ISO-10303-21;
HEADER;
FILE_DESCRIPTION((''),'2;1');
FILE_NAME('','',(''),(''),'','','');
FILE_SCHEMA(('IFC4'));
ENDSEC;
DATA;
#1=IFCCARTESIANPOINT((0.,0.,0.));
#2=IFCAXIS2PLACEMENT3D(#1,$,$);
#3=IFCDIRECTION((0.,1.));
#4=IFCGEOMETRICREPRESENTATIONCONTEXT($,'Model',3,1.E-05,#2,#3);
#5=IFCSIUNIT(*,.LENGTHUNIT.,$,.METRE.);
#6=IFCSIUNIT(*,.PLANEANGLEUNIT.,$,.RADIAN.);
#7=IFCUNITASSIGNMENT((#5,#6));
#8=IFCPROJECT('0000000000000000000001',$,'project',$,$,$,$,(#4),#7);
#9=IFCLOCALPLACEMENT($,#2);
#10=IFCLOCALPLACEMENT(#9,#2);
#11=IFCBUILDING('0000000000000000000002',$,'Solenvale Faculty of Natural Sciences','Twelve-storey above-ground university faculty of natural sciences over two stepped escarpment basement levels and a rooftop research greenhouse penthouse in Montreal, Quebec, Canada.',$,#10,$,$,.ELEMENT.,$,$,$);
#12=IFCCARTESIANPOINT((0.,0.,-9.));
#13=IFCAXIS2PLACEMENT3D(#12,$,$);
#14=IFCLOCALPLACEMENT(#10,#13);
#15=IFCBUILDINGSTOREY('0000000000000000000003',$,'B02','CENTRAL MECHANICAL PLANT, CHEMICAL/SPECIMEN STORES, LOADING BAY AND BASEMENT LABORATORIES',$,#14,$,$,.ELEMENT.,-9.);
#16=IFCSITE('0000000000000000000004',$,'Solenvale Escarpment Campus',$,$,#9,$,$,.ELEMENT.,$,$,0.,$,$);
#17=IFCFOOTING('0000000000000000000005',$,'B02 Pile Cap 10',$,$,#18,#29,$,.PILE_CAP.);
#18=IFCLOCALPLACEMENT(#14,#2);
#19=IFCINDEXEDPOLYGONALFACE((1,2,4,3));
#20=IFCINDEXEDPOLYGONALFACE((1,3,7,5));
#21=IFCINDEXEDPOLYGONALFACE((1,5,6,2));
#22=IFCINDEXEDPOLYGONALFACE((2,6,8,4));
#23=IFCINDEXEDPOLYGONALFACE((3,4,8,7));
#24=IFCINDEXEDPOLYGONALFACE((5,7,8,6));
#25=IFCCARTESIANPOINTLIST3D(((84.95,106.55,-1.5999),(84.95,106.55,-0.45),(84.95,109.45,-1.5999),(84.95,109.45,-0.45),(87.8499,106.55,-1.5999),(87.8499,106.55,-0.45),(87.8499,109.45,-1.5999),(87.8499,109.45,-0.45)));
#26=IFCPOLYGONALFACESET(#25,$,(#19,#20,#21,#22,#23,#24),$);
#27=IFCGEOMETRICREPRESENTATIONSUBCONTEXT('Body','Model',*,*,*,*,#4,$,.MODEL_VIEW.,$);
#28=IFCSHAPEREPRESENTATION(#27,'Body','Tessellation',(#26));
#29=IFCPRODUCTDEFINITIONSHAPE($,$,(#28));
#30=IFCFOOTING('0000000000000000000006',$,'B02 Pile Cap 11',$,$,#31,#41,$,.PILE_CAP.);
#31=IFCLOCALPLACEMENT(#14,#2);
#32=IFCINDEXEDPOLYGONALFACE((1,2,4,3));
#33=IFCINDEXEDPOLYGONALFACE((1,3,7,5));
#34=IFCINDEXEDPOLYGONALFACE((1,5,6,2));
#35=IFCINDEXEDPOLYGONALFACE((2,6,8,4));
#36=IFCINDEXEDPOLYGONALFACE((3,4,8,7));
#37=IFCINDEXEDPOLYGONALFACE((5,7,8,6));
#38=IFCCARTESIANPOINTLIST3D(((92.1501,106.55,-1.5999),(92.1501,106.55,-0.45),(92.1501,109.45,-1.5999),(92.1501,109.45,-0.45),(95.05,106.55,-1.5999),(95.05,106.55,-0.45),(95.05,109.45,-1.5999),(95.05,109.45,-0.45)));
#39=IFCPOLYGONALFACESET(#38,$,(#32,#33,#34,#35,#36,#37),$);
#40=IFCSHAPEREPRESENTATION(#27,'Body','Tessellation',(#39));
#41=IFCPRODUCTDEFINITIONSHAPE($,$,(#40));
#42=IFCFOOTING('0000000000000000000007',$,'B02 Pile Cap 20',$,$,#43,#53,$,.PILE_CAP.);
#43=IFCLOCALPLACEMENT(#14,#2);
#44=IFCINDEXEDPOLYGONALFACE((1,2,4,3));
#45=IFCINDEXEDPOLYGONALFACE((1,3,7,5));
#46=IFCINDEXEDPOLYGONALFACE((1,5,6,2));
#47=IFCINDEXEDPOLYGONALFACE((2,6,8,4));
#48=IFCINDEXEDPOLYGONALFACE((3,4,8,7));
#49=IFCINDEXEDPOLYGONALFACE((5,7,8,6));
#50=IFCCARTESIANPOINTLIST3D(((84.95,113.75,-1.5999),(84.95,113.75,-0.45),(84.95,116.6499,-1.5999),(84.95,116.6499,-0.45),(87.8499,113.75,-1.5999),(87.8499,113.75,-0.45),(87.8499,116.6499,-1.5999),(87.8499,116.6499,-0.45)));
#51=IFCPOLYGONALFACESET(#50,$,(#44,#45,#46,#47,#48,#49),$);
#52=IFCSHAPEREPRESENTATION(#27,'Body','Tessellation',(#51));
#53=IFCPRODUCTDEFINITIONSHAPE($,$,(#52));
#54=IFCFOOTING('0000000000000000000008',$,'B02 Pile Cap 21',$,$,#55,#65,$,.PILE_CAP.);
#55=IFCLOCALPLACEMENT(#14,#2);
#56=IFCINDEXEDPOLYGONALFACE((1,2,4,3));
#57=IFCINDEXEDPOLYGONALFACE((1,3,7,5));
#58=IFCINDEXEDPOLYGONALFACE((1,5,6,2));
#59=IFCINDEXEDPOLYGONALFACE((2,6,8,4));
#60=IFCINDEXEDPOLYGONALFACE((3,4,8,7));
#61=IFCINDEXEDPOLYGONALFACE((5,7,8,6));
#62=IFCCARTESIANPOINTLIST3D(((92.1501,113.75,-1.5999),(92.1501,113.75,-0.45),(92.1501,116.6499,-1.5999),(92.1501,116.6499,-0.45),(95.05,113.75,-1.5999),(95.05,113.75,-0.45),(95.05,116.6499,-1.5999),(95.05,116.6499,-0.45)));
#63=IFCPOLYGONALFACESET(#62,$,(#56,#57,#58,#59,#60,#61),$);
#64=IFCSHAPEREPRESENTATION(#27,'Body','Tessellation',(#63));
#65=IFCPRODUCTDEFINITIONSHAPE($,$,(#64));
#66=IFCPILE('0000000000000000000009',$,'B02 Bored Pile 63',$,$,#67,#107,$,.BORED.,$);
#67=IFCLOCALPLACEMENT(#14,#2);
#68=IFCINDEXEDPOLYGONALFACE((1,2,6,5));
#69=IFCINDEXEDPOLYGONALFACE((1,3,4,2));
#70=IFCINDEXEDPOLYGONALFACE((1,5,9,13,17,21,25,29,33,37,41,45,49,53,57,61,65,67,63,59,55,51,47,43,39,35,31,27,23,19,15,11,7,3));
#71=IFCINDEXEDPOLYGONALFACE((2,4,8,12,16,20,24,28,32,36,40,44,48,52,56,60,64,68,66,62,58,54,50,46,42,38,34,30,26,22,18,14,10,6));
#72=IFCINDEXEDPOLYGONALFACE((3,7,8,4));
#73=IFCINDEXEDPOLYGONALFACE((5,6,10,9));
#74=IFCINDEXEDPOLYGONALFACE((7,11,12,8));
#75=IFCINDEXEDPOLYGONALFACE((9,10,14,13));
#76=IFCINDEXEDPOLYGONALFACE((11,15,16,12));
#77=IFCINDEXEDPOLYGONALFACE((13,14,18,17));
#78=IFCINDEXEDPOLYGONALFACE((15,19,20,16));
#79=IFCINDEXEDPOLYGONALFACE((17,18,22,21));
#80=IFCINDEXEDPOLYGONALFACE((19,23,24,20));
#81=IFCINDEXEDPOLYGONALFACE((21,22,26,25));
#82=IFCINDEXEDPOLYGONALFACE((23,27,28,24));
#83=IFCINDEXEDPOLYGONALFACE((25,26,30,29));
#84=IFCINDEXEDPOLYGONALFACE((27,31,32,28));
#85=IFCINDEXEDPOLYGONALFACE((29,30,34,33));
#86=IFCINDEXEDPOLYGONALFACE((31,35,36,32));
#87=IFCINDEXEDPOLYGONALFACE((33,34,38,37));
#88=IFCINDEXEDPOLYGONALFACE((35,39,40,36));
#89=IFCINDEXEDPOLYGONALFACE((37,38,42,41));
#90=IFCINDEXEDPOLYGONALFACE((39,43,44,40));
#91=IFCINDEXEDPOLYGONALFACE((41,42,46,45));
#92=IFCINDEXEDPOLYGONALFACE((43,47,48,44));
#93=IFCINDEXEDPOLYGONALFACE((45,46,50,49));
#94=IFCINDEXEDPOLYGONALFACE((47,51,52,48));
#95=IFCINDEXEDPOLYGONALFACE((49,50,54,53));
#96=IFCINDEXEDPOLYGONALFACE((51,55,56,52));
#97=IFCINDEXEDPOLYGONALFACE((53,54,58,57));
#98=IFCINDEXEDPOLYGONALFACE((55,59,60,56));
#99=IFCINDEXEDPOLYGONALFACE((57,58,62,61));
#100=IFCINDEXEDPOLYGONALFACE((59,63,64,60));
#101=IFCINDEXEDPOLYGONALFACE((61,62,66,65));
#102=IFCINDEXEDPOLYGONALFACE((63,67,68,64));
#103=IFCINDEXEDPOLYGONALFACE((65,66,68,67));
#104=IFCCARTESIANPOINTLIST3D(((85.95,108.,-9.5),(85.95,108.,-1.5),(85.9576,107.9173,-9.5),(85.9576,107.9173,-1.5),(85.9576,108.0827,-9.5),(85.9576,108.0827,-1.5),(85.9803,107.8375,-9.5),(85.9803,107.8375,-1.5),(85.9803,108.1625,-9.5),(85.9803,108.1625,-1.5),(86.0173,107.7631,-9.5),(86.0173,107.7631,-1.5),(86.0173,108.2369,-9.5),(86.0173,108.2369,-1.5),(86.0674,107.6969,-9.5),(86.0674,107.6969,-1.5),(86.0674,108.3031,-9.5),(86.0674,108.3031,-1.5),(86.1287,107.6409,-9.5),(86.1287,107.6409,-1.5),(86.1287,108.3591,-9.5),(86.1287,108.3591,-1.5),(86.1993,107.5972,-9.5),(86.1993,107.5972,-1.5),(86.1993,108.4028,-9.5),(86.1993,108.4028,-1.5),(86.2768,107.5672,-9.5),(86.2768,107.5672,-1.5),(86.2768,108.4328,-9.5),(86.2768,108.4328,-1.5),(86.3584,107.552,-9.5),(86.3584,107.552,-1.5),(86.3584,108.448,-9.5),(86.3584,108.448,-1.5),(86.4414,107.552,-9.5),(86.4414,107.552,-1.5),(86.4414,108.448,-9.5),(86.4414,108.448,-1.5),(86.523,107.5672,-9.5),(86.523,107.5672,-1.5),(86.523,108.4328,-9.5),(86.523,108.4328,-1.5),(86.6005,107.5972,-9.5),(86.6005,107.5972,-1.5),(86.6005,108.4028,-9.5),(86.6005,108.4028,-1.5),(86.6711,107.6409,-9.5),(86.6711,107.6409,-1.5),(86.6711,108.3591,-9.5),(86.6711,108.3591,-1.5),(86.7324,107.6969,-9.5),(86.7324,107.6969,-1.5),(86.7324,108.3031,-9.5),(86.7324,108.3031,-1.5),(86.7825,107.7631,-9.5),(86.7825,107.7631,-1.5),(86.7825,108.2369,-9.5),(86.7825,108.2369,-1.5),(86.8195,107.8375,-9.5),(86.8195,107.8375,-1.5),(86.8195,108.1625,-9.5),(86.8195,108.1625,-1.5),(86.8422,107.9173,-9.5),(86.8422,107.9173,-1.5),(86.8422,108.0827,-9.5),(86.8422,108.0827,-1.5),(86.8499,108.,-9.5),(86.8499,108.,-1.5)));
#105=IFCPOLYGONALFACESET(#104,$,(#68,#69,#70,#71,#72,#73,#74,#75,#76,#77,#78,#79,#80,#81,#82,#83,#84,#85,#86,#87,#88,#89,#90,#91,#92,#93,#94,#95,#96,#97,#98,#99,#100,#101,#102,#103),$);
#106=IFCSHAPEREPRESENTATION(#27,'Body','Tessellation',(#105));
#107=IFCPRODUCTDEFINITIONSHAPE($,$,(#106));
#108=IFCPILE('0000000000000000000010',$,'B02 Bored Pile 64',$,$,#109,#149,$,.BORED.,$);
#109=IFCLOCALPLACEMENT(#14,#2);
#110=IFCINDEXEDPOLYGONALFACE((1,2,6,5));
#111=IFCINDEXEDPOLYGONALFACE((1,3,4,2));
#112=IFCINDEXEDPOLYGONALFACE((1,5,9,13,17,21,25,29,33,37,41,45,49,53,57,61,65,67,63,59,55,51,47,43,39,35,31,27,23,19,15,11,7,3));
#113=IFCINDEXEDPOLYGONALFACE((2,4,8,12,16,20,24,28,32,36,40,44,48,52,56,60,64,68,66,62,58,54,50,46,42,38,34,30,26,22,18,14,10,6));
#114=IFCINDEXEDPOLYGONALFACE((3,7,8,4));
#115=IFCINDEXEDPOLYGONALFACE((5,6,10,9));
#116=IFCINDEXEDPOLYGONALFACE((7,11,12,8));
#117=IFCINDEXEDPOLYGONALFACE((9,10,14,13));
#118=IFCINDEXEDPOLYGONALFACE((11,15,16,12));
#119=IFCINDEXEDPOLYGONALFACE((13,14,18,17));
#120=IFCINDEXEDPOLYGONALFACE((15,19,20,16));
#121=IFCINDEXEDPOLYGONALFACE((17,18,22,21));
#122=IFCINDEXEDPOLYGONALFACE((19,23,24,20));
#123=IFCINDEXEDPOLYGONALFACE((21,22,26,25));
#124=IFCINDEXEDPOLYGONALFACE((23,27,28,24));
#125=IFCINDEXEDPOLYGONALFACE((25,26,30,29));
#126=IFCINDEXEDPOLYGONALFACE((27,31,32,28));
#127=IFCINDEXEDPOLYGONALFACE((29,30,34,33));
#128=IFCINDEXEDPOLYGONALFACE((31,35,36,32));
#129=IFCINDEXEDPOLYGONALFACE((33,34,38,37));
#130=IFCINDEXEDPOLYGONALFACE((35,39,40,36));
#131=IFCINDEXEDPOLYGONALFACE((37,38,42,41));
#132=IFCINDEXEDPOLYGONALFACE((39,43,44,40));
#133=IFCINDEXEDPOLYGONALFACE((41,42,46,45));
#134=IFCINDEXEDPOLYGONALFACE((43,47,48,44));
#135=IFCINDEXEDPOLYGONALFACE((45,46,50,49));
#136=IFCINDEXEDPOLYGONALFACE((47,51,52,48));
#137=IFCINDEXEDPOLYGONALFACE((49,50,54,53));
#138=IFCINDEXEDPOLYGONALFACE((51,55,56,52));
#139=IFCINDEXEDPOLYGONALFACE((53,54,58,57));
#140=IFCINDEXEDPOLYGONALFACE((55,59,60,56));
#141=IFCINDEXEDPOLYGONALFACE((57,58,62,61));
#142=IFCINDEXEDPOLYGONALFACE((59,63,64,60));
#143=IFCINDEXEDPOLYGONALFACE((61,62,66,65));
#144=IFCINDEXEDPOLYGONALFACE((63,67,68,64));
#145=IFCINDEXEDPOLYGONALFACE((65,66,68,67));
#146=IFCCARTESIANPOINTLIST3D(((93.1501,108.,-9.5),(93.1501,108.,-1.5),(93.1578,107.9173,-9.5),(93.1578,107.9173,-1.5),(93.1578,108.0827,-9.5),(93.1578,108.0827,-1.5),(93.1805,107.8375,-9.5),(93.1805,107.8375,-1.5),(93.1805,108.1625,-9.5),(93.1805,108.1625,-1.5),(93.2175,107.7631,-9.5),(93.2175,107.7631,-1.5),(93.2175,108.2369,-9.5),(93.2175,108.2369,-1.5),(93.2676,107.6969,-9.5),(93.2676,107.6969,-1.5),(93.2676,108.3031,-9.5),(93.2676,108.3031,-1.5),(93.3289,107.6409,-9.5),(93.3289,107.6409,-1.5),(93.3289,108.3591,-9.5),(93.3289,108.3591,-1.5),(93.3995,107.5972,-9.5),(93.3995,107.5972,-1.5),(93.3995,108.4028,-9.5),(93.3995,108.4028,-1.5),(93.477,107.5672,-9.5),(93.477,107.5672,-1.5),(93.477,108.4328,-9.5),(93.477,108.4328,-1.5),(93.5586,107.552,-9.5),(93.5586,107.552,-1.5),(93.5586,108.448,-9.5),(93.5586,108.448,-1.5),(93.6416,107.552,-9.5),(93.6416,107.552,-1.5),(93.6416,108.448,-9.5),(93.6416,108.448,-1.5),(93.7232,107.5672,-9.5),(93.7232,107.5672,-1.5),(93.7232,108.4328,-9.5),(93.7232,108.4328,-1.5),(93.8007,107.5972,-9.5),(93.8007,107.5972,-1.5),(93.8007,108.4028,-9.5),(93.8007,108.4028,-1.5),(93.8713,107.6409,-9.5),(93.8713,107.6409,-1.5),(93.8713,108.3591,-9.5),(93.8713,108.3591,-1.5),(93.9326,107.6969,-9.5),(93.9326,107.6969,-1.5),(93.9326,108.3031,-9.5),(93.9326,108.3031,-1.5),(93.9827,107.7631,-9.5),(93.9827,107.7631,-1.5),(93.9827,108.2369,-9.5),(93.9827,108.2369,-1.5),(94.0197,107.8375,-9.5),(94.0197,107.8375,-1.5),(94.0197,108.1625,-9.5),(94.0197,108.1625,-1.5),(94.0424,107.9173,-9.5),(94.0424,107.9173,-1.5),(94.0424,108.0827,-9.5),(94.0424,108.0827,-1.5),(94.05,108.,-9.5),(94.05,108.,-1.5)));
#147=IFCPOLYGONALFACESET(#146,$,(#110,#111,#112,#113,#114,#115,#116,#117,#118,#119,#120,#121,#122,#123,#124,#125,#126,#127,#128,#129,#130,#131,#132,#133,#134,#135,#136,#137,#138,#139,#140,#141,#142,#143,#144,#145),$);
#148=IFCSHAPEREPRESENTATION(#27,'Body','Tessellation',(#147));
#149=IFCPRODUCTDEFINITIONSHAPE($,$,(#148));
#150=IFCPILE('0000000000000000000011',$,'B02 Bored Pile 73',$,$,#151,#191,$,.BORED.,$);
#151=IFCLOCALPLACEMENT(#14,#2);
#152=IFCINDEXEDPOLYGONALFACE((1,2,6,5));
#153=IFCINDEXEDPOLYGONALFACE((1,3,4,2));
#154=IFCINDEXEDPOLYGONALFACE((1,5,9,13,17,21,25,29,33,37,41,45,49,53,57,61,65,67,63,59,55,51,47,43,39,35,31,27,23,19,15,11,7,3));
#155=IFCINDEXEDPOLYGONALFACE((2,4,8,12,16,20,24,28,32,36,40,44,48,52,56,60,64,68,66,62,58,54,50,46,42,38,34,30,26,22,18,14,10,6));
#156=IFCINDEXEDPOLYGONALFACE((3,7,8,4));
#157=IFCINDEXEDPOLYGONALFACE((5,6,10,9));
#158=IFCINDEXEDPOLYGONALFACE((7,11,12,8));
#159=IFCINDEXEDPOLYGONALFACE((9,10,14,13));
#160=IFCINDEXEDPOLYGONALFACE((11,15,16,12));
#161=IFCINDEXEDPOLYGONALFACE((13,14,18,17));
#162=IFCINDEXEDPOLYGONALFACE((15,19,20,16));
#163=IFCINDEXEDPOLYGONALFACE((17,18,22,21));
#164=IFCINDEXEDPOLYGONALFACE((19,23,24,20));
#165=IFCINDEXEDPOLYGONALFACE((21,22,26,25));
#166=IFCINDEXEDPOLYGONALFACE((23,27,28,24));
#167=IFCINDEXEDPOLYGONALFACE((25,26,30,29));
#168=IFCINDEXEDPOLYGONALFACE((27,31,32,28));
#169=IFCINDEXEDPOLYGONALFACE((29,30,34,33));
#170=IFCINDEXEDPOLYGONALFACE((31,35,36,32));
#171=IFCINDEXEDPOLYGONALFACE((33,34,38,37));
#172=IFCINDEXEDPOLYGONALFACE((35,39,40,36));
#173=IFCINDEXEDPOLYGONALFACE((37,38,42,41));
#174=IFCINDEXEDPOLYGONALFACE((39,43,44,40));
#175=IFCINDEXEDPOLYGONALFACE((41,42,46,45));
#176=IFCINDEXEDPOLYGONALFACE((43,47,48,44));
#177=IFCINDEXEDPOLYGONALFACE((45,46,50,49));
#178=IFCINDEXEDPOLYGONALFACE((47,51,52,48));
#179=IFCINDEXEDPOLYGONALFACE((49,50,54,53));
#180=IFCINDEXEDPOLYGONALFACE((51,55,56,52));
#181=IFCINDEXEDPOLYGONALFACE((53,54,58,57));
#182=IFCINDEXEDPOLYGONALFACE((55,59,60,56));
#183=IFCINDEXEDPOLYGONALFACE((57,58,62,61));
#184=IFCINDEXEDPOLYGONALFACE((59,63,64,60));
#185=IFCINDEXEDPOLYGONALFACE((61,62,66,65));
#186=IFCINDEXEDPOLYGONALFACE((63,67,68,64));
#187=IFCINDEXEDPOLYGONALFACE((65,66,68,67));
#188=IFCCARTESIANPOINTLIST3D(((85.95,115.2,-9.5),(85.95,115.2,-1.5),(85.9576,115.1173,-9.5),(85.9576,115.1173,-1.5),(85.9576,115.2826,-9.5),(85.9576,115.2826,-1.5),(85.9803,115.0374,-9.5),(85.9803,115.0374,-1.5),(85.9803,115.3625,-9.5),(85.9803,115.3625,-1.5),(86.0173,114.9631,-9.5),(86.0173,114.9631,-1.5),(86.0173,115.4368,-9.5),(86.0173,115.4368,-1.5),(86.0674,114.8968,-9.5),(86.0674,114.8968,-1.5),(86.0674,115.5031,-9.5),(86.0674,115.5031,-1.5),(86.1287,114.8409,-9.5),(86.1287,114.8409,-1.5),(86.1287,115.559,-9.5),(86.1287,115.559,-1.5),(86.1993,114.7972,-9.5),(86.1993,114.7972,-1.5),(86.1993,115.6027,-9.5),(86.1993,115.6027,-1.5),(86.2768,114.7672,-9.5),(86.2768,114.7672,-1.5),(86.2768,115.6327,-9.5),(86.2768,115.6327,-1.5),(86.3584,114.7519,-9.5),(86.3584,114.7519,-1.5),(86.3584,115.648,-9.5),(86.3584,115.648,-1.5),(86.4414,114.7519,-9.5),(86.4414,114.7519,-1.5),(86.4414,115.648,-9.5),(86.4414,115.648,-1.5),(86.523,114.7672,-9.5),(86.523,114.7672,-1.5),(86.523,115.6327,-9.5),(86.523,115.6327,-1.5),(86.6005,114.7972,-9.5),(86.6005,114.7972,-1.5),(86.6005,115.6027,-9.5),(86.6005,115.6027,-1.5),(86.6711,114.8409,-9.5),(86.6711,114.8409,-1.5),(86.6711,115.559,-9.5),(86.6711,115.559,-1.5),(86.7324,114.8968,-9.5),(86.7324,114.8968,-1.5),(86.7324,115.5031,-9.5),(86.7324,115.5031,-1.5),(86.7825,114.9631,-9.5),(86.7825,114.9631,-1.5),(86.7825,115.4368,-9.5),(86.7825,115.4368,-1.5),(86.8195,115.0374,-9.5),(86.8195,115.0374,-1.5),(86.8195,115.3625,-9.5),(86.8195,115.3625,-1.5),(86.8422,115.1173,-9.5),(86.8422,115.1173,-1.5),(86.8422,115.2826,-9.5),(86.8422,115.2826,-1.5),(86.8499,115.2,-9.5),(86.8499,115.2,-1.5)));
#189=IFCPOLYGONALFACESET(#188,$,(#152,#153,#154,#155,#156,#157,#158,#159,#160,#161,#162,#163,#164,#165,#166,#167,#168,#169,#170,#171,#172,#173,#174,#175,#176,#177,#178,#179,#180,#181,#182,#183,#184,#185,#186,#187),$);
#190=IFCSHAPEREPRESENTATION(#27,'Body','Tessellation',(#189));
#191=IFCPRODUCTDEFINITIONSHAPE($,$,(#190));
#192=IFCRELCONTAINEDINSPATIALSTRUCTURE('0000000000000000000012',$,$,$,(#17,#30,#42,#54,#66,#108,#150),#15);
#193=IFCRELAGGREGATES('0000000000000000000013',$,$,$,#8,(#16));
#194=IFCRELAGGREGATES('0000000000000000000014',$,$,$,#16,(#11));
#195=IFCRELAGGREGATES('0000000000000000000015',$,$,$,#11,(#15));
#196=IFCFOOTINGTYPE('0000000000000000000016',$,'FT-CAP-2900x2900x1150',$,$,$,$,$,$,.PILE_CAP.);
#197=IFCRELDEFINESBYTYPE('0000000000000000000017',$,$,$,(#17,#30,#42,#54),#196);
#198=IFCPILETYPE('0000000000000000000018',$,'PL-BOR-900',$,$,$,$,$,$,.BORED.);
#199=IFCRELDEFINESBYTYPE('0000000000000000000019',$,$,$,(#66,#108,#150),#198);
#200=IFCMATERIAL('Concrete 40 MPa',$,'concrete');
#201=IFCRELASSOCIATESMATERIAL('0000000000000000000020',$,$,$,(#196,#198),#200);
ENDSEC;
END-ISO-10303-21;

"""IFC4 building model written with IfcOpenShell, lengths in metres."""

from ifc_helpers import new_model, si_unit, direction, frame, origin, origin_2d, place, context, subcontext, project, spatial, rectangle, circle, extrude, material, material_profile, profile_set, type_object, element, save


model = new_model("IFC4")

# Units and contexts
model_context = context("Model", 3, precision=1e-05, world=origin(), true_north=direction((0.0, 1.0)))
body_context = subcontext(model_context, "Body", "Model", "MODEL_VIEW")
ifc_project = project(units=[si_unit("LENGTHUNIT", "METRE"), si_unit("PLANEANGLEUNIT", "RADIAN")], contexts=[model_context])

# Site, building, storey
site_placement = place(None, origin())
site = spatial("IfcSite", under=ifc_project, at=site_placement, Name="Solenvale Escarpment Campus", CompositionType="ELEMENT", RefElevation=0.0)
building_placement = place(site_placement, origin())
building = spatial("IfcBuilding", under=site, at=building_placement, Name="Solenvale Faculty of Natural Sciences", Description="Twelve-storey above-ground university faculty of natural sciences over two stepped escarpment basement levels and a rooftop research greenhouse penthouse in Montreal, Quebec, Canada.", CompositionType="ELEMENT")
storey_placement = place(building_placement, frame((0.0, 0.0, -9.0)))
storey = spatial("IfcBuildingStorey", under=building, at=storey_placement, Name="B02", Description="CENTRAL MECHANICAL PLANT, CHEMICAL/SPECIMEN STORES, LOADING BAY AND BASEMENT LABORATORIES", CompositionType="ELEMENT", Elevation=-9.0)

# Footings
ifc_material_1 = material(Name="Concrete 40 MPa", Category="concrete")
footing_type = type_object("IfcFootingType", Name="FT-CAP-2900x2900x1150", PredefinedType="PILE_CAP", material=ifc_material_1)
for number, where, z_axis, x_axis, name in (
    (1, (86.3999, 108.0, -1.5999), (0.0, 0.0, 1.0), (1.0, 0.0, 0.0), "B02 Pile Cap 10"),
    (2, (93.6001, 108.0, -1.5999), (0.0, 0.0, 1.0), (1.0, 0.0, 0.0), "B02 Pile Cap 11"),
    (3, (86.3999, 115.2, -1.5999), (0.0, 0.0, 1.0), (1.0, 0.0, 0.0), "B02 Pile Cap 20"),
    (4, (93.6001, 115.2, -1.5999), (0.0, 0.0, 1.0), (1.0, 0.0, 0.0), "B02 Pile Cap 21"),
):
    element("IfcFooting", number, at=place(storey_placement, frame(where, z_axis=z_axis, x_axis=x_axis)), inside=storey, type_object=footing_type, Name=name, PredefinedType="PILE_CAP", context=body_context, shape_type="SweptSolid", body=[
        extrude(rectangle(XDim=2.8999, YDim=2.8999, at=origin_2d()), origin(), (0.0, 0.0, 1.0), 1.1499),
    ])

# Piles
ifc_material_profile_1 = material_profile(ifc_material_1, circle(Radius=0.45, at=origin_2d()), Name="PILE-D900")
ifc_profile_set_1 = profile_set([ifc_material_profile_1], Name="Concrete 40 MPa")
pile_type = type_object("IfcPileType", Name="PL-BOR-900", PredefinedType="BORED", material=ifc_profile_set_1)
for number, where, z_axis, x_axis, name in (
    (5, (86.3999, 108.0, -1.5), (0.0, 0.0, -1.0), (1.0, 0.0, 0.0), "B02 Bored Pile 63"),
    (6, (93.6001, 108.0, -1.5), (0.0, 0.0, -1.0), (1.0, 0.0, 0.0), "B02 Bored Pile 64"),
    (7, (86.3999, 115.2, -1.5), (0.0, 0.0, -1.0), (1.0, 0.0, 0.0), "B02 Bored Pile 73"),
):
    element("IfcPile", number, at=place(storey_placement, frame(where, z_axis=z_axis, x_axis=x_axis)), inside=storey, type_object=pile_type, Name=name, PredefinedType="BORED", context=body_context, shape_type="SweptSolid", body=[
        extrude(circle(Radius=0.45, at=origin_2d()), origin(), (0.0, 0.0, 1.0), 8.0),
    ])

save(model, "model.ifc")
